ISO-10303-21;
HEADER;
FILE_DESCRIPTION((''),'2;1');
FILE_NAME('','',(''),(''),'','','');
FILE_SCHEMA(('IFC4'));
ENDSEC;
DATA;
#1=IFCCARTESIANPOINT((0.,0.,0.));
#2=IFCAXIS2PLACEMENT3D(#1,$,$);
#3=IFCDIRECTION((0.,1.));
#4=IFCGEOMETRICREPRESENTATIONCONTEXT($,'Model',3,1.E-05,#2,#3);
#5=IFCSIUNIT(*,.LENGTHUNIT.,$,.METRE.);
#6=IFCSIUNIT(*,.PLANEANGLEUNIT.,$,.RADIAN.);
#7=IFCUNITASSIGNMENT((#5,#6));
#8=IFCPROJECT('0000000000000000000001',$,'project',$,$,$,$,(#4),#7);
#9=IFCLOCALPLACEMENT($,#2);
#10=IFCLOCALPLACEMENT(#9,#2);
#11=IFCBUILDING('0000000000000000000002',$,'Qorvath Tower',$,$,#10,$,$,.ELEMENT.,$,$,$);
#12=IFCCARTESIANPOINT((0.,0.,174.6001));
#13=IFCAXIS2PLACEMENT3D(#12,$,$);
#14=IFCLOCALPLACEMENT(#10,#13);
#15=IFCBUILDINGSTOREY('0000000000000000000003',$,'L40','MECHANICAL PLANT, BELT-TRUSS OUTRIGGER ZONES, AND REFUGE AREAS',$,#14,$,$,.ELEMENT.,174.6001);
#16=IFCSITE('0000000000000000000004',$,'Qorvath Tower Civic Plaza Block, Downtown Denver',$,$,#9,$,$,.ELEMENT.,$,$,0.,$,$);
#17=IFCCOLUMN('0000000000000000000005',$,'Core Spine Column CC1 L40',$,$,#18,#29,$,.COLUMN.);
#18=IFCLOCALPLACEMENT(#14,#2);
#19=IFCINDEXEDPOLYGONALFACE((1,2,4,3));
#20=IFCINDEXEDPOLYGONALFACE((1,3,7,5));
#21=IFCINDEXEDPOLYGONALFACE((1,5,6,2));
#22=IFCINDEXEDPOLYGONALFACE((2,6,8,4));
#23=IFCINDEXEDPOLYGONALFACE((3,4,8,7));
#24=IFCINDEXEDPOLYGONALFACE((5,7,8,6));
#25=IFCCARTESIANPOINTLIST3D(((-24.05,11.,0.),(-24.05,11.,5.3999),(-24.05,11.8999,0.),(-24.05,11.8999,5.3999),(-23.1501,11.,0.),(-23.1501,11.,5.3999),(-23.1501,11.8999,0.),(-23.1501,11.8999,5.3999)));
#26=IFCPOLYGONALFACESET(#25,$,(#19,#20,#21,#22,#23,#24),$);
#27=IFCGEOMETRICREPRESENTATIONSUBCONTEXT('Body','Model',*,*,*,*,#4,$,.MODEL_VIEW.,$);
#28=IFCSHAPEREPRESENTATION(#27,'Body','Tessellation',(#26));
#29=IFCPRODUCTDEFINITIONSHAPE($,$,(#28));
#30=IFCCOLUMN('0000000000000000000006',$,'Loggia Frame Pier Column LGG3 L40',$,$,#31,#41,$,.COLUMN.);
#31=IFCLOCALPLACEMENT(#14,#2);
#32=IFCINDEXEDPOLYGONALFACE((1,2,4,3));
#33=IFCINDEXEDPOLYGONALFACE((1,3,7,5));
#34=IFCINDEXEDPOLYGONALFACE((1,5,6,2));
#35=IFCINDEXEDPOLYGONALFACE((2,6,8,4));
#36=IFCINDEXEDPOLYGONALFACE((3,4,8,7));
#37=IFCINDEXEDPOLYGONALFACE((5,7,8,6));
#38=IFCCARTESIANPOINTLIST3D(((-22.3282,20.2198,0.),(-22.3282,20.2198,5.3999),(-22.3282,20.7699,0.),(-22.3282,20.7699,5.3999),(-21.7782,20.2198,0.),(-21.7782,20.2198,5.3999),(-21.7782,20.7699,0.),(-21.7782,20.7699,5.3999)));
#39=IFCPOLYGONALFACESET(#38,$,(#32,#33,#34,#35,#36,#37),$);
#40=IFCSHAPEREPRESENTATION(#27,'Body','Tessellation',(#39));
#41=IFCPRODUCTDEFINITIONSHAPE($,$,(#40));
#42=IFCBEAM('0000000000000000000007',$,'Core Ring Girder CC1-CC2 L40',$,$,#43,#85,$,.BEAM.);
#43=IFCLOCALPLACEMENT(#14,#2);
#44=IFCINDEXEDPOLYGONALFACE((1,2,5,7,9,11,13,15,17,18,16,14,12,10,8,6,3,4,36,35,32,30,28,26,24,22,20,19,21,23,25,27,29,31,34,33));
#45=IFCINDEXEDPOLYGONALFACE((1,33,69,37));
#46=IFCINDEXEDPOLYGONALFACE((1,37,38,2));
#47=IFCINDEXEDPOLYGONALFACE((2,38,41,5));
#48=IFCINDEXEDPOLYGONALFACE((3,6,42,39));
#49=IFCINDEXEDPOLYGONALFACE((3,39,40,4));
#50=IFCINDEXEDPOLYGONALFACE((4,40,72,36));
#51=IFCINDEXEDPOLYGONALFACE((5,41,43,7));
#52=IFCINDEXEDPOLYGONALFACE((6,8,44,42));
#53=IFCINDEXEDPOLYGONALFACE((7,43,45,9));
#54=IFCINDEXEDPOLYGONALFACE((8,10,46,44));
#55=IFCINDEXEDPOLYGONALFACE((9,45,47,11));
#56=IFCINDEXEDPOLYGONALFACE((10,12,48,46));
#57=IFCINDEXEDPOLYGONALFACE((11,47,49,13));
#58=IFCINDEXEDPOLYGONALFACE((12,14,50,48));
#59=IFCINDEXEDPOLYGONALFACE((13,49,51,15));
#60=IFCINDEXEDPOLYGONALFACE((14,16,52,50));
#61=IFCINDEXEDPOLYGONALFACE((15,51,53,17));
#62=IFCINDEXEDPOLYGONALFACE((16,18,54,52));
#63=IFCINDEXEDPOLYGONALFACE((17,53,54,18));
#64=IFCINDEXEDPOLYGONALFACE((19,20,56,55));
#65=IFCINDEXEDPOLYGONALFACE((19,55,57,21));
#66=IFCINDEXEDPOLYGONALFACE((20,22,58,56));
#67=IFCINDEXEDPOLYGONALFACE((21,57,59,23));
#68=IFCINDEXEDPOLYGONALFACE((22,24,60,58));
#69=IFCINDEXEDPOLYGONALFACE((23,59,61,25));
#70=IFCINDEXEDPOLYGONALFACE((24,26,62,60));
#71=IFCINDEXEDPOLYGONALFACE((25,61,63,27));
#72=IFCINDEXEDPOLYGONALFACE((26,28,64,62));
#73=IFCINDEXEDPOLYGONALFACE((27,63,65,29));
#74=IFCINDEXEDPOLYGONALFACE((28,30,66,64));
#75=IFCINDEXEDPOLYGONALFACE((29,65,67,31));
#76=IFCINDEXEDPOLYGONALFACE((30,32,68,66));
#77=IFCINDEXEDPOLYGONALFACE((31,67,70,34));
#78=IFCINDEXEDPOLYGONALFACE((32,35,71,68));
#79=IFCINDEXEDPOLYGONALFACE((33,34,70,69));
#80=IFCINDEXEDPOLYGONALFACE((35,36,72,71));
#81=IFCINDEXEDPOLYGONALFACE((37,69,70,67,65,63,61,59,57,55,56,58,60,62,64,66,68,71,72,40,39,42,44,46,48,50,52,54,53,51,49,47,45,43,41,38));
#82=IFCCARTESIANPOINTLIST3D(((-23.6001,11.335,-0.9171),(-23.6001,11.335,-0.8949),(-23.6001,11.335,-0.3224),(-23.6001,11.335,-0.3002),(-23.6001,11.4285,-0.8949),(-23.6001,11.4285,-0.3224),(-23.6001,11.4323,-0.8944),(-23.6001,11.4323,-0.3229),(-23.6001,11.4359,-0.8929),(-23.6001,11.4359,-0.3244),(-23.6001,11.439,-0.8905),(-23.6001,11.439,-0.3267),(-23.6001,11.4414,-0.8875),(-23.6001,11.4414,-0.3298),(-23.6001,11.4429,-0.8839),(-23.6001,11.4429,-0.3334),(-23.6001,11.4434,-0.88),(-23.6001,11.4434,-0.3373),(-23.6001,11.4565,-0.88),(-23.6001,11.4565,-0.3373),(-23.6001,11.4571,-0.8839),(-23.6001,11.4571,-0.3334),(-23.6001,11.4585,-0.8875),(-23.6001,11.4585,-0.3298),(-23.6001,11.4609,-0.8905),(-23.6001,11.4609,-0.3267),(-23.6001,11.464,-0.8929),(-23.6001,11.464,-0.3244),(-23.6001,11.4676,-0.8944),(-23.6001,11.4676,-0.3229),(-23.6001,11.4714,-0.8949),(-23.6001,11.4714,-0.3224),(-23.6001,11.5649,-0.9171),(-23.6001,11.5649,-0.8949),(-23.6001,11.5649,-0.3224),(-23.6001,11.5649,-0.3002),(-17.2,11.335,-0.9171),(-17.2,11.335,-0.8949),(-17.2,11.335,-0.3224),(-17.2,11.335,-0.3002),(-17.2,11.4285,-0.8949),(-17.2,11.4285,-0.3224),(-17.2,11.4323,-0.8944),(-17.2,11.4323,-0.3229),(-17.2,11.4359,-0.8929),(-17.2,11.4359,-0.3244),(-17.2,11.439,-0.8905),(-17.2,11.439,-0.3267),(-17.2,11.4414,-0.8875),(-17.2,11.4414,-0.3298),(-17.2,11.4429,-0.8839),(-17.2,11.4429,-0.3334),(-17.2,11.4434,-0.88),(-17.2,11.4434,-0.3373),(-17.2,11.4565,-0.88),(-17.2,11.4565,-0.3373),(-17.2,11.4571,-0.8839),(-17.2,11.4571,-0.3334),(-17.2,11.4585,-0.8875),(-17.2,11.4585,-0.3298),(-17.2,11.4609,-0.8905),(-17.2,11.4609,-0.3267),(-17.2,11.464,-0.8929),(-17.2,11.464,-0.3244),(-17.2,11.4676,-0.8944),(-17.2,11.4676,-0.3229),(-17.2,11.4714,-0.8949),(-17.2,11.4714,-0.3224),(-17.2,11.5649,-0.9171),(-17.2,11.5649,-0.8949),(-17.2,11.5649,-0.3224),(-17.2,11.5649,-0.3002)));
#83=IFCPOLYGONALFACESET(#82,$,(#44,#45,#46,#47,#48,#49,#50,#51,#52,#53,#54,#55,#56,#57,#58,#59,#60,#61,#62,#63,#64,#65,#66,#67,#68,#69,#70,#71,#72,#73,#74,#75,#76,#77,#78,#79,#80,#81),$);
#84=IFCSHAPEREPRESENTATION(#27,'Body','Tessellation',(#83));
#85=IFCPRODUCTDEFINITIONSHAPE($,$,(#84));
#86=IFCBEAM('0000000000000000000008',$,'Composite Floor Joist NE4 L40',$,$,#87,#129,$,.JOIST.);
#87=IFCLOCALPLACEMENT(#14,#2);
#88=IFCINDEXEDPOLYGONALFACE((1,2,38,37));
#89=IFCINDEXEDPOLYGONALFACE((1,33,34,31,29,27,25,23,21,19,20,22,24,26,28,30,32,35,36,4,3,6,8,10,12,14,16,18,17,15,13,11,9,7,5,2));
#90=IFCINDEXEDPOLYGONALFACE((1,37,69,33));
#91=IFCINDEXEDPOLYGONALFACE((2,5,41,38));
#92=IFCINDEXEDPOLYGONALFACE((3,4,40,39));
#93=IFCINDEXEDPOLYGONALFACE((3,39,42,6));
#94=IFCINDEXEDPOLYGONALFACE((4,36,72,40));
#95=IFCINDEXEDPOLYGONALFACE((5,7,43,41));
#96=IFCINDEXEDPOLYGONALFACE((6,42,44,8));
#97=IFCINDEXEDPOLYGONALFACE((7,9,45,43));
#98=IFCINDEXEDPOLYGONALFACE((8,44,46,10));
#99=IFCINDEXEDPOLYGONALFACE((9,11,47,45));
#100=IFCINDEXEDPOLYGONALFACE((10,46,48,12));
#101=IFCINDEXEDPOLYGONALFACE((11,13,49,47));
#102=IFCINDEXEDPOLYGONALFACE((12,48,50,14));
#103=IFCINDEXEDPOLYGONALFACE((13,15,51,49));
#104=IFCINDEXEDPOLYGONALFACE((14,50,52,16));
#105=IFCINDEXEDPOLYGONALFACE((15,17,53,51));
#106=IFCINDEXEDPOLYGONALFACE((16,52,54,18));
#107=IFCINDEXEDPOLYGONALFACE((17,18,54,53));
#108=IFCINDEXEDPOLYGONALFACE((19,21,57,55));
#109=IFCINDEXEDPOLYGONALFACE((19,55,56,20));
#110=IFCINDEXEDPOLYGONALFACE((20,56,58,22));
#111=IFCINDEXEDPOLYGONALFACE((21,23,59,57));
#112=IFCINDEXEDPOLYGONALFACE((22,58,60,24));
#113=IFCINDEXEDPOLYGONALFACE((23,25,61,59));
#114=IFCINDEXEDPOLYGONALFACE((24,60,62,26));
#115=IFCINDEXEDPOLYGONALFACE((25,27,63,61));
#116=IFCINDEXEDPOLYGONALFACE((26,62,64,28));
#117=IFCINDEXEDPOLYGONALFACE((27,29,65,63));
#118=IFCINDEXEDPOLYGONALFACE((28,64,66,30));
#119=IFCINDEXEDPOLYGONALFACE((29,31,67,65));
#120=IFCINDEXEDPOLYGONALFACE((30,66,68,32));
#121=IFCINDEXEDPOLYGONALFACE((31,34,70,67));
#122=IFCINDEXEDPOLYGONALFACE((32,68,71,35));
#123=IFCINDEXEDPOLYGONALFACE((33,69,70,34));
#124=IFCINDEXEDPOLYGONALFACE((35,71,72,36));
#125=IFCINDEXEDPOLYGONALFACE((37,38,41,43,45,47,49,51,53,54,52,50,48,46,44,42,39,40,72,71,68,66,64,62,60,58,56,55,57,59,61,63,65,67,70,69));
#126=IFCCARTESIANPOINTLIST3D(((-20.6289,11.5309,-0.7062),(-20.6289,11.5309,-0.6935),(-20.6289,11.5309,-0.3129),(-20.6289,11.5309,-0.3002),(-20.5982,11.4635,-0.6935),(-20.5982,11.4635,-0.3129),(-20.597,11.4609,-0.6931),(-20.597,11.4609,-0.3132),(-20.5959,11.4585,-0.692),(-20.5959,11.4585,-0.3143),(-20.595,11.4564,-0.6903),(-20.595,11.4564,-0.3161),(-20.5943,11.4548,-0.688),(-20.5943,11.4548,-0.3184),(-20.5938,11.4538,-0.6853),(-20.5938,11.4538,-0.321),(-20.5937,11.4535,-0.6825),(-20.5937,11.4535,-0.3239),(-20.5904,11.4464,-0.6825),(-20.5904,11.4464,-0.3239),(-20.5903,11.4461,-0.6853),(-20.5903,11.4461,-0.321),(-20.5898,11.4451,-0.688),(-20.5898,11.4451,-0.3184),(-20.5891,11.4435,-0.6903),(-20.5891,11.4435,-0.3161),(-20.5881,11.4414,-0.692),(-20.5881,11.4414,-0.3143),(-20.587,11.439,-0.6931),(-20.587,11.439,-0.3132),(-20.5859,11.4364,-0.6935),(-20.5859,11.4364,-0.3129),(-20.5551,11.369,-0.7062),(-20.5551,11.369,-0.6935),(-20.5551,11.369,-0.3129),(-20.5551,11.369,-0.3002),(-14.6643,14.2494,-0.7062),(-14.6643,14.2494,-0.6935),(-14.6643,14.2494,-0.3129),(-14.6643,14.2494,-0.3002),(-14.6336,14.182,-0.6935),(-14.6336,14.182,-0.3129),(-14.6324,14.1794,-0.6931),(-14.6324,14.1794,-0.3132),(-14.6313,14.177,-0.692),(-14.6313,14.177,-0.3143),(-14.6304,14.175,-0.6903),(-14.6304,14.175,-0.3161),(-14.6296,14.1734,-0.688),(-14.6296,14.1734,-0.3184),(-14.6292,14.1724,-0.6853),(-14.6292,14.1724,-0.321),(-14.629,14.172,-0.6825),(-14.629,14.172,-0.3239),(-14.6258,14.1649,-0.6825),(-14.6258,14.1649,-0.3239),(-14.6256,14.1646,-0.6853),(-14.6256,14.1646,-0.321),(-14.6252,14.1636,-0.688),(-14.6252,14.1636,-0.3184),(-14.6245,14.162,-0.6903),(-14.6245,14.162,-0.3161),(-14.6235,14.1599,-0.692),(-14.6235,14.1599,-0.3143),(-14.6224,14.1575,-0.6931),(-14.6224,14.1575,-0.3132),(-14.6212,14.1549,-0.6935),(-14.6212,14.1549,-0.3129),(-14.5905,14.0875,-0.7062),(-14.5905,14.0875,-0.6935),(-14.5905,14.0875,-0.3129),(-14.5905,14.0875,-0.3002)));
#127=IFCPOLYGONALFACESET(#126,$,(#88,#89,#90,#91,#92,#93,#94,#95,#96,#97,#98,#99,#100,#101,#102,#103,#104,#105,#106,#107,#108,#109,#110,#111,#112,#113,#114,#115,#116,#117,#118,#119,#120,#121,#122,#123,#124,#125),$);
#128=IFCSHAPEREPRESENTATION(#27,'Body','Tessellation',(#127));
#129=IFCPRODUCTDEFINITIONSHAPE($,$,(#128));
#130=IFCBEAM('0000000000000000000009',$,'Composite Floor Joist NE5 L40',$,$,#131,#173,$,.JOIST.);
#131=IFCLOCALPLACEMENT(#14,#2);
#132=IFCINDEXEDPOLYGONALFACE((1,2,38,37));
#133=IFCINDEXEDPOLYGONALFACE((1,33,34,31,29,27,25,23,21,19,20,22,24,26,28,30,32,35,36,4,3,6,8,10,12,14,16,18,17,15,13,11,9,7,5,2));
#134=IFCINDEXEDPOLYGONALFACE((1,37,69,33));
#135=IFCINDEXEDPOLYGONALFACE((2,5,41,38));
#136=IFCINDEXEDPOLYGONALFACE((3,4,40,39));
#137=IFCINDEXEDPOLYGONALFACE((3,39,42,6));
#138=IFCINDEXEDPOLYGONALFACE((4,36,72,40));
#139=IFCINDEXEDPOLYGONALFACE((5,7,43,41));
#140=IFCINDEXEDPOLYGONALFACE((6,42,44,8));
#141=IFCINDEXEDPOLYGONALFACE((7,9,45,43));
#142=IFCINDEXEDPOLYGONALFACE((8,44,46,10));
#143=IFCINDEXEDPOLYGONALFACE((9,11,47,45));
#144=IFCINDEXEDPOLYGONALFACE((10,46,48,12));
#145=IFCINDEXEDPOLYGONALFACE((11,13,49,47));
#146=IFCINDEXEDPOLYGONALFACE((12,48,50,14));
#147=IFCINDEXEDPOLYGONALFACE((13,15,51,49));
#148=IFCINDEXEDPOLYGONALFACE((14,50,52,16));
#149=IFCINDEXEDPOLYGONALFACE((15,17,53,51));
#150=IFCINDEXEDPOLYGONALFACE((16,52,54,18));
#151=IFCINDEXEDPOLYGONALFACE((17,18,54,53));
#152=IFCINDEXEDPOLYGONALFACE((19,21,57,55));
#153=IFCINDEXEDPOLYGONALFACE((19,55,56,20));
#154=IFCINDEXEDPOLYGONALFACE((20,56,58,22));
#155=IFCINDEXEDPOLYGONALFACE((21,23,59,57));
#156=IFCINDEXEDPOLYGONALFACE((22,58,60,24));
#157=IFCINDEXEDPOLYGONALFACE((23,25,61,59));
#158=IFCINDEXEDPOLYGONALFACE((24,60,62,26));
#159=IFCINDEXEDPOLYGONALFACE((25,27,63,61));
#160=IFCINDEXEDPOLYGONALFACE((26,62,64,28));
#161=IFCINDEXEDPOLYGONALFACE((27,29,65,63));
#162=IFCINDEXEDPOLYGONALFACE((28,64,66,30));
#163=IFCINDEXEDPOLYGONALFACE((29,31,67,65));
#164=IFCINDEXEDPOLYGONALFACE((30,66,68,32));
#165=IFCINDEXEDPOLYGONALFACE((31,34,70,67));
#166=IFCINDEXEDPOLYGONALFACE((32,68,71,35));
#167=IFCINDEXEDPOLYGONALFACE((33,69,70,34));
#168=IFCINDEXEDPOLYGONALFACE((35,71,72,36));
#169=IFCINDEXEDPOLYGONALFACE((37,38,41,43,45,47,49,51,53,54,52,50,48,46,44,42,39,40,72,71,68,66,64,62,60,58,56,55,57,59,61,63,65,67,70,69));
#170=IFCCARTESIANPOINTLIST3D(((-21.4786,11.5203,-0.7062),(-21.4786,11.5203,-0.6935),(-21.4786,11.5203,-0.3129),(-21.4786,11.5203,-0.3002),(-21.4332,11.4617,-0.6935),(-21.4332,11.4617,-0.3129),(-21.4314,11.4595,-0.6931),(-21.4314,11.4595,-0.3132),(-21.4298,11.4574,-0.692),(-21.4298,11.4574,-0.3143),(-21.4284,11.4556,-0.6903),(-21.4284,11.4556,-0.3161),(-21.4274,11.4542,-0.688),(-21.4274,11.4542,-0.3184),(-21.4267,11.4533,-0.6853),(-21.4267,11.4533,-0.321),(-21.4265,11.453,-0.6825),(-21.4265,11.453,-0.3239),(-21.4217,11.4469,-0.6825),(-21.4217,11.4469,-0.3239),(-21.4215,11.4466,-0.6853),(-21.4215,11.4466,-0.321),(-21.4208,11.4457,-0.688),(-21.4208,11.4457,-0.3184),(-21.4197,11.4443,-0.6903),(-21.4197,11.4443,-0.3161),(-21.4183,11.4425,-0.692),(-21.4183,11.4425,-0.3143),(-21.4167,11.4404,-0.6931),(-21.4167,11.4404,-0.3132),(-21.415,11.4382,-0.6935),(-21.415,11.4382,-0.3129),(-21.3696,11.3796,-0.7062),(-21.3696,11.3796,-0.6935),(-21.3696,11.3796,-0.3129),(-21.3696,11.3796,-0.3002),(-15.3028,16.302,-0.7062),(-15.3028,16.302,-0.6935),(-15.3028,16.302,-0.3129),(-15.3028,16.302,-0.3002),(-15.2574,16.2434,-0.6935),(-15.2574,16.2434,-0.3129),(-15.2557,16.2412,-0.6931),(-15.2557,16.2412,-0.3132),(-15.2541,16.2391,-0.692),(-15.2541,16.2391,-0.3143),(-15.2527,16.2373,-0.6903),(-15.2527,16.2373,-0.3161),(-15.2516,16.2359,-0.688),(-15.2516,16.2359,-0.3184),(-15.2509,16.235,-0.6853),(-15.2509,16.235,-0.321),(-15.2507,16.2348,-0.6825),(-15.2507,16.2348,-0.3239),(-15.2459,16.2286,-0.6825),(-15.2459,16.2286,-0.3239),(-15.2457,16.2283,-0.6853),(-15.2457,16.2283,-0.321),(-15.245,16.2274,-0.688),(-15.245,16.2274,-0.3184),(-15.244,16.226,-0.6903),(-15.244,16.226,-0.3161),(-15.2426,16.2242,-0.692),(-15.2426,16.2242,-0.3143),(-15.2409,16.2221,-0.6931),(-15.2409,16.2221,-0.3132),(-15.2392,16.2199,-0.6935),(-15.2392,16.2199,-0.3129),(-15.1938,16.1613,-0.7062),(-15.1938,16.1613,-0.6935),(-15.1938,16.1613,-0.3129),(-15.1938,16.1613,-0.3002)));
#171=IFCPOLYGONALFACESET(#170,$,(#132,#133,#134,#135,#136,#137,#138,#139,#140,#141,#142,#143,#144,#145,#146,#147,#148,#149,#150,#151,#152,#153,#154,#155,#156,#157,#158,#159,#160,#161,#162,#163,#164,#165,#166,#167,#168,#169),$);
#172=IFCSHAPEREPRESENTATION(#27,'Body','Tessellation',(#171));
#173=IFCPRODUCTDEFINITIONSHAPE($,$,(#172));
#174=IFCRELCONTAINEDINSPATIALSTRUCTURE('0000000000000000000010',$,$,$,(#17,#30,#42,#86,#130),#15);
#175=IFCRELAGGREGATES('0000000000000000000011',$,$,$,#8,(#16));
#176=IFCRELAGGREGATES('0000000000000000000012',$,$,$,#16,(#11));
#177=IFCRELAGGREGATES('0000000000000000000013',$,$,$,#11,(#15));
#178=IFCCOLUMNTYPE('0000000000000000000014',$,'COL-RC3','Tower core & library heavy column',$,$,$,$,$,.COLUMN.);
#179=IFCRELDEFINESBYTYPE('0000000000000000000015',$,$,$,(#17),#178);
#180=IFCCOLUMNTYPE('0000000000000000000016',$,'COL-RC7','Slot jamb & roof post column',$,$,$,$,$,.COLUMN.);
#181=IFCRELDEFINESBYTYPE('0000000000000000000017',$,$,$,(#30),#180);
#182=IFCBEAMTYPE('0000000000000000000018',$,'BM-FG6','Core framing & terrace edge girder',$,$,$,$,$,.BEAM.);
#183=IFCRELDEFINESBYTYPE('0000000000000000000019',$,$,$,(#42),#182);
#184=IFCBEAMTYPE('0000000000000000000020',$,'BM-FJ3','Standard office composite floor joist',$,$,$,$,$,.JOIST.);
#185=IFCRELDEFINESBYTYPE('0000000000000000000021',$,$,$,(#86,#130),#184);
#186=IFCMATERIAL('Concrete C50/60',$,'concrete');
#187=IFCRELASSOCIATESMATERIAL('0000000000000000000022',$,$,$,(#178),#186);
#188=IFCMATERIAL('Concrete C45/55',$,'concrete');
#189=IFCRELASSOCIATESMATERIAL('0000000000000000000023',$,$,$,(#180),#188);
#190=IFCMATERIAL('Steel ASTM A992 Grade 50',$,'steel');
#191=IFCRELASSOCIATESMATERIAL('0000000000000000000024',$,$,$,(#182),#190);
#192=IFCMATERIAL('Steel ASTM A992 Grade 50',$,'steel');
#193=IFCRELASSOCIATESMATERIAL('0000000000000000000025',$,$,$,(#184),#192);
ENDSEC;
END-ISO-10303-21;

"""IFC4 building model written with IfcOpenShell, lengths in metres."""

from ifc_helpers import new_model, si_unit, direction, frame, origin, origin_2d, place, context, subcontext, project, spatial, rectangle, i_section, extrude, material, material_profile, profile_set, type_object, element, save


model = new_model("IFC4")

# Units and contexts
model_context = context("Model", 3, precision=1e-05, world=origin(), true_north=direction((0.0, 1.0)))
body_context = subcontext(model_context, "Body", "Model", "MODEL_VIEW")
ifc_project = project(units=[si_unit("LENGTHUNIT", "METRE"), si_unit("PLANEANGLEUNIT", "RADIAN")], contexts=[model_context])

# Site, building, storey
site_placement = place(None, origin())
site = spatial("IfcSite", under=ifc_project, at=site_placement, Name="Qorvath Tower Civic Plaza Block, Downtown Denver", CompositionType="ELEMENT", RefElevation=0.0)
building_placement = place(site_placement, origin())
building = spatial("IfcBuilding", under=site, at=building_placement, Name="Qorvath Tower", CompositionType="ELEMENT")
storey_placement = place(building_placement, frame((0.0, 0.0, 174.6001)))
storey = spatial("IfcBuildingStorey", under=building, at=storey_placement, Name="L40", Description="MECHANICAL PLANT, BELT-TRUSS OUTRIGGER ZONES, AND REFUGE AREAS", CompositionType="ELEMENT", Elevation=174.6001)

# Columns
ifc_material_1 = material(Name="Concrete C50/60", Category="concrete")
ifc_material_profile_1 = material_profile(ifc_material_1, rectangle(XDim=0.8999, YDim=0.8999, at=origin_2d()), Name="RC 900x900")
ifc_profile_set_1 = profile_set([ifc_material_profile_1], Name="Concrete C50/60")
column_type_1 = type_object("IfcColumnType", Name="COL-RC3", Description="Tower core & library heavy column", PredefinedType="COLUMN", material=ifc_profile_set_1)
column_1_placement = place(storey_placement, frame((-23.6001, 11.45, 0.0), z_axis=(0.0, 0.0, 1.0), x_axis=(1.0, 0.0, 0.0)))
element("IfcColumn", 1, at=column_1_placement, inside=storey, type_object=column_type_1, Name="Core Spine Column CC1 L40", PredefinedType="COLUMN", context=body_context, shape_type="SweptSolid", body=[
    extrude(rectangle(XDim=0.8999, YDim=0.8999, at=origin_2d()), origin(), (0.0, 0.0, 1.0), 5.3999),
])
ifc_material_2 = material(Name="Concrete C45/55", Category="concrete")
ifc_material_profile_2 = material_profile(ifc_material_2, rectangle(XDim=0.55, YDim=0.55, at=origin_2d()), Name="RC 550x550")
ifc_profile_set_2 = profile_set([ifc_material_profile_2], Name="Concrete C45/55")
column_type_2 = type_object("IfcColumnType", Name="COL-RC7", Description="Slot jamb & roof post column", PredefinedType="COLUMN", material=ifc_profile_set_2)
column_2_placement = place(storey_placement, frame((-22.0532, 20.4949, 0.0), z_axis=(0.0, 0.0, 1.0), x_axis=(1.0, 0.0, 0.0)))
element("IfcColumn", 2, at=column_2_placement, inside=storey, type_object=column_type_2, Name="Loggia Frame Pier Column LGG3 L40", PredefinedType="COLUMN", context=body_context, shape_type="SweptSolid", body=[
    extrude(rectangle(XDim=0.55, YDim=0.55, at=origin_2d()), origin(), (0.0, 0.0, 1.0), 5.3999),
])

# Beams
ifc_material_3 = material(Name="Steel ASTM A992 Grade 50", Category="steel")
ifc_material_profile_3 = material_profile(ifc_material_3, i_section(OverallWidth=0.23, OverallDepth=0.6169, WebThickness=0.0132, FlangeThickness=0.0222, FilletRadius=0.0149, at=origin_2d()), Name="W24x94")
ifc_profile_set_3 = profile_set([ifc_material_profile_3], Name="Steel ASTM A992 Grade 50")
beam_type_1 = type_object("IfcBeamType", Name="BM-FG6", Description="Core framing & terrace edge girder", PredefinedType="BEAM", material=ifc_profile_set_3)
beam_1_placement = place(storey_placement, frame((-23.6001, 11.45, -0.6086), z_axis=(1.0, 0.0, 0.0), x_axis=(0.0, 1.0, 0.0)))
element("IfcBeam", 3, at=beam_1_placement, inside=storey, type_object=beam_type_1, Name="Core Ring Girder CC1-CC2 L40", PredefinedType="BEAM", context=body_context, shape_type="SweptSolid", body=[
    extrude(i_section(OverallWidth=0.23, OverallDepth=0.6169, WebThickness=0.0132, FlangeThickness=0.0222, FilletRadius=0.0149, at=origin_2d()), origin(), (0.0, 0.0, 1.0), 6.4001),
])
ifc_material_4 = material(Name="Steel ASTM A992 Grade 50", Category="steel")
ifc_material_profile_4 = material_profile(ifc_material_4, i_section(OverallWidth=0.178, OverallDepth=0.406, WebThickness=0.0078, FlangeThickness=0.0127, FilletRadius=0.011, at=origin_2d()), Name="W16x40")
ifc_profile_set_4 = profile_set([ifc_material_profile_4], Name="Steel ASTM A992 Grade 50")
beam_type_2 = type_object("IfcBeamType", Name="BM-FJ3", Description="Standard office composite floor joist", PredefinedType="JOIST", material=ifc_profile_set_4)
beam_2_placement = place(storey_placement, frame((-20.592, 11.45, -0.5032), z_axis=(0.909945, 0.414729, 0.0), x_axis=(-0.414729, 0.909945, 0.0)))
element("IfcBeam", 4, at=beam_2_placement, inside=storey, type_object=beam_type_2, Name="Composite Floor Joist NE4 L40", PredefinedType="JOIST", context=body_context, shape_type="SweptSolid", body=[
    extrude(i_section(OverallWidth=0.178, OverallDepth=0.406, WebThickness=0.0078, FlangeThickness=0.0127, FilletRadius=0.011, at=origin_2d()), origin(), (0.0, 0.0, 1.0), 6.5549),
])
beam_3_placement = place(storey_placement, frame((-21.4241, 11.45, -0.5032), z_axis=(0.790693, 0.612212, 0.0), x_axis=(-0.612212, 0.790693, 0.0)))
element("IfcBeam", 5, at=beam_3_placement, inside=storey, type_object=beam_type_2, Name="Composite Floor Joist NE5 L40", PredefinedType="JOIST", context=body_context, shape_type="SweptSolid", body=[
    extrude(i_section(OverallWidth=0.178, OverallDepth=0.406, WebThickness=0.0078, FlangeThickness=0.0127, FilletRadius=0.011, at=origin_2d()), origin(), (0.0, 0.0, 1.0), 7.8105),
])

save(model, "model.ifc")
